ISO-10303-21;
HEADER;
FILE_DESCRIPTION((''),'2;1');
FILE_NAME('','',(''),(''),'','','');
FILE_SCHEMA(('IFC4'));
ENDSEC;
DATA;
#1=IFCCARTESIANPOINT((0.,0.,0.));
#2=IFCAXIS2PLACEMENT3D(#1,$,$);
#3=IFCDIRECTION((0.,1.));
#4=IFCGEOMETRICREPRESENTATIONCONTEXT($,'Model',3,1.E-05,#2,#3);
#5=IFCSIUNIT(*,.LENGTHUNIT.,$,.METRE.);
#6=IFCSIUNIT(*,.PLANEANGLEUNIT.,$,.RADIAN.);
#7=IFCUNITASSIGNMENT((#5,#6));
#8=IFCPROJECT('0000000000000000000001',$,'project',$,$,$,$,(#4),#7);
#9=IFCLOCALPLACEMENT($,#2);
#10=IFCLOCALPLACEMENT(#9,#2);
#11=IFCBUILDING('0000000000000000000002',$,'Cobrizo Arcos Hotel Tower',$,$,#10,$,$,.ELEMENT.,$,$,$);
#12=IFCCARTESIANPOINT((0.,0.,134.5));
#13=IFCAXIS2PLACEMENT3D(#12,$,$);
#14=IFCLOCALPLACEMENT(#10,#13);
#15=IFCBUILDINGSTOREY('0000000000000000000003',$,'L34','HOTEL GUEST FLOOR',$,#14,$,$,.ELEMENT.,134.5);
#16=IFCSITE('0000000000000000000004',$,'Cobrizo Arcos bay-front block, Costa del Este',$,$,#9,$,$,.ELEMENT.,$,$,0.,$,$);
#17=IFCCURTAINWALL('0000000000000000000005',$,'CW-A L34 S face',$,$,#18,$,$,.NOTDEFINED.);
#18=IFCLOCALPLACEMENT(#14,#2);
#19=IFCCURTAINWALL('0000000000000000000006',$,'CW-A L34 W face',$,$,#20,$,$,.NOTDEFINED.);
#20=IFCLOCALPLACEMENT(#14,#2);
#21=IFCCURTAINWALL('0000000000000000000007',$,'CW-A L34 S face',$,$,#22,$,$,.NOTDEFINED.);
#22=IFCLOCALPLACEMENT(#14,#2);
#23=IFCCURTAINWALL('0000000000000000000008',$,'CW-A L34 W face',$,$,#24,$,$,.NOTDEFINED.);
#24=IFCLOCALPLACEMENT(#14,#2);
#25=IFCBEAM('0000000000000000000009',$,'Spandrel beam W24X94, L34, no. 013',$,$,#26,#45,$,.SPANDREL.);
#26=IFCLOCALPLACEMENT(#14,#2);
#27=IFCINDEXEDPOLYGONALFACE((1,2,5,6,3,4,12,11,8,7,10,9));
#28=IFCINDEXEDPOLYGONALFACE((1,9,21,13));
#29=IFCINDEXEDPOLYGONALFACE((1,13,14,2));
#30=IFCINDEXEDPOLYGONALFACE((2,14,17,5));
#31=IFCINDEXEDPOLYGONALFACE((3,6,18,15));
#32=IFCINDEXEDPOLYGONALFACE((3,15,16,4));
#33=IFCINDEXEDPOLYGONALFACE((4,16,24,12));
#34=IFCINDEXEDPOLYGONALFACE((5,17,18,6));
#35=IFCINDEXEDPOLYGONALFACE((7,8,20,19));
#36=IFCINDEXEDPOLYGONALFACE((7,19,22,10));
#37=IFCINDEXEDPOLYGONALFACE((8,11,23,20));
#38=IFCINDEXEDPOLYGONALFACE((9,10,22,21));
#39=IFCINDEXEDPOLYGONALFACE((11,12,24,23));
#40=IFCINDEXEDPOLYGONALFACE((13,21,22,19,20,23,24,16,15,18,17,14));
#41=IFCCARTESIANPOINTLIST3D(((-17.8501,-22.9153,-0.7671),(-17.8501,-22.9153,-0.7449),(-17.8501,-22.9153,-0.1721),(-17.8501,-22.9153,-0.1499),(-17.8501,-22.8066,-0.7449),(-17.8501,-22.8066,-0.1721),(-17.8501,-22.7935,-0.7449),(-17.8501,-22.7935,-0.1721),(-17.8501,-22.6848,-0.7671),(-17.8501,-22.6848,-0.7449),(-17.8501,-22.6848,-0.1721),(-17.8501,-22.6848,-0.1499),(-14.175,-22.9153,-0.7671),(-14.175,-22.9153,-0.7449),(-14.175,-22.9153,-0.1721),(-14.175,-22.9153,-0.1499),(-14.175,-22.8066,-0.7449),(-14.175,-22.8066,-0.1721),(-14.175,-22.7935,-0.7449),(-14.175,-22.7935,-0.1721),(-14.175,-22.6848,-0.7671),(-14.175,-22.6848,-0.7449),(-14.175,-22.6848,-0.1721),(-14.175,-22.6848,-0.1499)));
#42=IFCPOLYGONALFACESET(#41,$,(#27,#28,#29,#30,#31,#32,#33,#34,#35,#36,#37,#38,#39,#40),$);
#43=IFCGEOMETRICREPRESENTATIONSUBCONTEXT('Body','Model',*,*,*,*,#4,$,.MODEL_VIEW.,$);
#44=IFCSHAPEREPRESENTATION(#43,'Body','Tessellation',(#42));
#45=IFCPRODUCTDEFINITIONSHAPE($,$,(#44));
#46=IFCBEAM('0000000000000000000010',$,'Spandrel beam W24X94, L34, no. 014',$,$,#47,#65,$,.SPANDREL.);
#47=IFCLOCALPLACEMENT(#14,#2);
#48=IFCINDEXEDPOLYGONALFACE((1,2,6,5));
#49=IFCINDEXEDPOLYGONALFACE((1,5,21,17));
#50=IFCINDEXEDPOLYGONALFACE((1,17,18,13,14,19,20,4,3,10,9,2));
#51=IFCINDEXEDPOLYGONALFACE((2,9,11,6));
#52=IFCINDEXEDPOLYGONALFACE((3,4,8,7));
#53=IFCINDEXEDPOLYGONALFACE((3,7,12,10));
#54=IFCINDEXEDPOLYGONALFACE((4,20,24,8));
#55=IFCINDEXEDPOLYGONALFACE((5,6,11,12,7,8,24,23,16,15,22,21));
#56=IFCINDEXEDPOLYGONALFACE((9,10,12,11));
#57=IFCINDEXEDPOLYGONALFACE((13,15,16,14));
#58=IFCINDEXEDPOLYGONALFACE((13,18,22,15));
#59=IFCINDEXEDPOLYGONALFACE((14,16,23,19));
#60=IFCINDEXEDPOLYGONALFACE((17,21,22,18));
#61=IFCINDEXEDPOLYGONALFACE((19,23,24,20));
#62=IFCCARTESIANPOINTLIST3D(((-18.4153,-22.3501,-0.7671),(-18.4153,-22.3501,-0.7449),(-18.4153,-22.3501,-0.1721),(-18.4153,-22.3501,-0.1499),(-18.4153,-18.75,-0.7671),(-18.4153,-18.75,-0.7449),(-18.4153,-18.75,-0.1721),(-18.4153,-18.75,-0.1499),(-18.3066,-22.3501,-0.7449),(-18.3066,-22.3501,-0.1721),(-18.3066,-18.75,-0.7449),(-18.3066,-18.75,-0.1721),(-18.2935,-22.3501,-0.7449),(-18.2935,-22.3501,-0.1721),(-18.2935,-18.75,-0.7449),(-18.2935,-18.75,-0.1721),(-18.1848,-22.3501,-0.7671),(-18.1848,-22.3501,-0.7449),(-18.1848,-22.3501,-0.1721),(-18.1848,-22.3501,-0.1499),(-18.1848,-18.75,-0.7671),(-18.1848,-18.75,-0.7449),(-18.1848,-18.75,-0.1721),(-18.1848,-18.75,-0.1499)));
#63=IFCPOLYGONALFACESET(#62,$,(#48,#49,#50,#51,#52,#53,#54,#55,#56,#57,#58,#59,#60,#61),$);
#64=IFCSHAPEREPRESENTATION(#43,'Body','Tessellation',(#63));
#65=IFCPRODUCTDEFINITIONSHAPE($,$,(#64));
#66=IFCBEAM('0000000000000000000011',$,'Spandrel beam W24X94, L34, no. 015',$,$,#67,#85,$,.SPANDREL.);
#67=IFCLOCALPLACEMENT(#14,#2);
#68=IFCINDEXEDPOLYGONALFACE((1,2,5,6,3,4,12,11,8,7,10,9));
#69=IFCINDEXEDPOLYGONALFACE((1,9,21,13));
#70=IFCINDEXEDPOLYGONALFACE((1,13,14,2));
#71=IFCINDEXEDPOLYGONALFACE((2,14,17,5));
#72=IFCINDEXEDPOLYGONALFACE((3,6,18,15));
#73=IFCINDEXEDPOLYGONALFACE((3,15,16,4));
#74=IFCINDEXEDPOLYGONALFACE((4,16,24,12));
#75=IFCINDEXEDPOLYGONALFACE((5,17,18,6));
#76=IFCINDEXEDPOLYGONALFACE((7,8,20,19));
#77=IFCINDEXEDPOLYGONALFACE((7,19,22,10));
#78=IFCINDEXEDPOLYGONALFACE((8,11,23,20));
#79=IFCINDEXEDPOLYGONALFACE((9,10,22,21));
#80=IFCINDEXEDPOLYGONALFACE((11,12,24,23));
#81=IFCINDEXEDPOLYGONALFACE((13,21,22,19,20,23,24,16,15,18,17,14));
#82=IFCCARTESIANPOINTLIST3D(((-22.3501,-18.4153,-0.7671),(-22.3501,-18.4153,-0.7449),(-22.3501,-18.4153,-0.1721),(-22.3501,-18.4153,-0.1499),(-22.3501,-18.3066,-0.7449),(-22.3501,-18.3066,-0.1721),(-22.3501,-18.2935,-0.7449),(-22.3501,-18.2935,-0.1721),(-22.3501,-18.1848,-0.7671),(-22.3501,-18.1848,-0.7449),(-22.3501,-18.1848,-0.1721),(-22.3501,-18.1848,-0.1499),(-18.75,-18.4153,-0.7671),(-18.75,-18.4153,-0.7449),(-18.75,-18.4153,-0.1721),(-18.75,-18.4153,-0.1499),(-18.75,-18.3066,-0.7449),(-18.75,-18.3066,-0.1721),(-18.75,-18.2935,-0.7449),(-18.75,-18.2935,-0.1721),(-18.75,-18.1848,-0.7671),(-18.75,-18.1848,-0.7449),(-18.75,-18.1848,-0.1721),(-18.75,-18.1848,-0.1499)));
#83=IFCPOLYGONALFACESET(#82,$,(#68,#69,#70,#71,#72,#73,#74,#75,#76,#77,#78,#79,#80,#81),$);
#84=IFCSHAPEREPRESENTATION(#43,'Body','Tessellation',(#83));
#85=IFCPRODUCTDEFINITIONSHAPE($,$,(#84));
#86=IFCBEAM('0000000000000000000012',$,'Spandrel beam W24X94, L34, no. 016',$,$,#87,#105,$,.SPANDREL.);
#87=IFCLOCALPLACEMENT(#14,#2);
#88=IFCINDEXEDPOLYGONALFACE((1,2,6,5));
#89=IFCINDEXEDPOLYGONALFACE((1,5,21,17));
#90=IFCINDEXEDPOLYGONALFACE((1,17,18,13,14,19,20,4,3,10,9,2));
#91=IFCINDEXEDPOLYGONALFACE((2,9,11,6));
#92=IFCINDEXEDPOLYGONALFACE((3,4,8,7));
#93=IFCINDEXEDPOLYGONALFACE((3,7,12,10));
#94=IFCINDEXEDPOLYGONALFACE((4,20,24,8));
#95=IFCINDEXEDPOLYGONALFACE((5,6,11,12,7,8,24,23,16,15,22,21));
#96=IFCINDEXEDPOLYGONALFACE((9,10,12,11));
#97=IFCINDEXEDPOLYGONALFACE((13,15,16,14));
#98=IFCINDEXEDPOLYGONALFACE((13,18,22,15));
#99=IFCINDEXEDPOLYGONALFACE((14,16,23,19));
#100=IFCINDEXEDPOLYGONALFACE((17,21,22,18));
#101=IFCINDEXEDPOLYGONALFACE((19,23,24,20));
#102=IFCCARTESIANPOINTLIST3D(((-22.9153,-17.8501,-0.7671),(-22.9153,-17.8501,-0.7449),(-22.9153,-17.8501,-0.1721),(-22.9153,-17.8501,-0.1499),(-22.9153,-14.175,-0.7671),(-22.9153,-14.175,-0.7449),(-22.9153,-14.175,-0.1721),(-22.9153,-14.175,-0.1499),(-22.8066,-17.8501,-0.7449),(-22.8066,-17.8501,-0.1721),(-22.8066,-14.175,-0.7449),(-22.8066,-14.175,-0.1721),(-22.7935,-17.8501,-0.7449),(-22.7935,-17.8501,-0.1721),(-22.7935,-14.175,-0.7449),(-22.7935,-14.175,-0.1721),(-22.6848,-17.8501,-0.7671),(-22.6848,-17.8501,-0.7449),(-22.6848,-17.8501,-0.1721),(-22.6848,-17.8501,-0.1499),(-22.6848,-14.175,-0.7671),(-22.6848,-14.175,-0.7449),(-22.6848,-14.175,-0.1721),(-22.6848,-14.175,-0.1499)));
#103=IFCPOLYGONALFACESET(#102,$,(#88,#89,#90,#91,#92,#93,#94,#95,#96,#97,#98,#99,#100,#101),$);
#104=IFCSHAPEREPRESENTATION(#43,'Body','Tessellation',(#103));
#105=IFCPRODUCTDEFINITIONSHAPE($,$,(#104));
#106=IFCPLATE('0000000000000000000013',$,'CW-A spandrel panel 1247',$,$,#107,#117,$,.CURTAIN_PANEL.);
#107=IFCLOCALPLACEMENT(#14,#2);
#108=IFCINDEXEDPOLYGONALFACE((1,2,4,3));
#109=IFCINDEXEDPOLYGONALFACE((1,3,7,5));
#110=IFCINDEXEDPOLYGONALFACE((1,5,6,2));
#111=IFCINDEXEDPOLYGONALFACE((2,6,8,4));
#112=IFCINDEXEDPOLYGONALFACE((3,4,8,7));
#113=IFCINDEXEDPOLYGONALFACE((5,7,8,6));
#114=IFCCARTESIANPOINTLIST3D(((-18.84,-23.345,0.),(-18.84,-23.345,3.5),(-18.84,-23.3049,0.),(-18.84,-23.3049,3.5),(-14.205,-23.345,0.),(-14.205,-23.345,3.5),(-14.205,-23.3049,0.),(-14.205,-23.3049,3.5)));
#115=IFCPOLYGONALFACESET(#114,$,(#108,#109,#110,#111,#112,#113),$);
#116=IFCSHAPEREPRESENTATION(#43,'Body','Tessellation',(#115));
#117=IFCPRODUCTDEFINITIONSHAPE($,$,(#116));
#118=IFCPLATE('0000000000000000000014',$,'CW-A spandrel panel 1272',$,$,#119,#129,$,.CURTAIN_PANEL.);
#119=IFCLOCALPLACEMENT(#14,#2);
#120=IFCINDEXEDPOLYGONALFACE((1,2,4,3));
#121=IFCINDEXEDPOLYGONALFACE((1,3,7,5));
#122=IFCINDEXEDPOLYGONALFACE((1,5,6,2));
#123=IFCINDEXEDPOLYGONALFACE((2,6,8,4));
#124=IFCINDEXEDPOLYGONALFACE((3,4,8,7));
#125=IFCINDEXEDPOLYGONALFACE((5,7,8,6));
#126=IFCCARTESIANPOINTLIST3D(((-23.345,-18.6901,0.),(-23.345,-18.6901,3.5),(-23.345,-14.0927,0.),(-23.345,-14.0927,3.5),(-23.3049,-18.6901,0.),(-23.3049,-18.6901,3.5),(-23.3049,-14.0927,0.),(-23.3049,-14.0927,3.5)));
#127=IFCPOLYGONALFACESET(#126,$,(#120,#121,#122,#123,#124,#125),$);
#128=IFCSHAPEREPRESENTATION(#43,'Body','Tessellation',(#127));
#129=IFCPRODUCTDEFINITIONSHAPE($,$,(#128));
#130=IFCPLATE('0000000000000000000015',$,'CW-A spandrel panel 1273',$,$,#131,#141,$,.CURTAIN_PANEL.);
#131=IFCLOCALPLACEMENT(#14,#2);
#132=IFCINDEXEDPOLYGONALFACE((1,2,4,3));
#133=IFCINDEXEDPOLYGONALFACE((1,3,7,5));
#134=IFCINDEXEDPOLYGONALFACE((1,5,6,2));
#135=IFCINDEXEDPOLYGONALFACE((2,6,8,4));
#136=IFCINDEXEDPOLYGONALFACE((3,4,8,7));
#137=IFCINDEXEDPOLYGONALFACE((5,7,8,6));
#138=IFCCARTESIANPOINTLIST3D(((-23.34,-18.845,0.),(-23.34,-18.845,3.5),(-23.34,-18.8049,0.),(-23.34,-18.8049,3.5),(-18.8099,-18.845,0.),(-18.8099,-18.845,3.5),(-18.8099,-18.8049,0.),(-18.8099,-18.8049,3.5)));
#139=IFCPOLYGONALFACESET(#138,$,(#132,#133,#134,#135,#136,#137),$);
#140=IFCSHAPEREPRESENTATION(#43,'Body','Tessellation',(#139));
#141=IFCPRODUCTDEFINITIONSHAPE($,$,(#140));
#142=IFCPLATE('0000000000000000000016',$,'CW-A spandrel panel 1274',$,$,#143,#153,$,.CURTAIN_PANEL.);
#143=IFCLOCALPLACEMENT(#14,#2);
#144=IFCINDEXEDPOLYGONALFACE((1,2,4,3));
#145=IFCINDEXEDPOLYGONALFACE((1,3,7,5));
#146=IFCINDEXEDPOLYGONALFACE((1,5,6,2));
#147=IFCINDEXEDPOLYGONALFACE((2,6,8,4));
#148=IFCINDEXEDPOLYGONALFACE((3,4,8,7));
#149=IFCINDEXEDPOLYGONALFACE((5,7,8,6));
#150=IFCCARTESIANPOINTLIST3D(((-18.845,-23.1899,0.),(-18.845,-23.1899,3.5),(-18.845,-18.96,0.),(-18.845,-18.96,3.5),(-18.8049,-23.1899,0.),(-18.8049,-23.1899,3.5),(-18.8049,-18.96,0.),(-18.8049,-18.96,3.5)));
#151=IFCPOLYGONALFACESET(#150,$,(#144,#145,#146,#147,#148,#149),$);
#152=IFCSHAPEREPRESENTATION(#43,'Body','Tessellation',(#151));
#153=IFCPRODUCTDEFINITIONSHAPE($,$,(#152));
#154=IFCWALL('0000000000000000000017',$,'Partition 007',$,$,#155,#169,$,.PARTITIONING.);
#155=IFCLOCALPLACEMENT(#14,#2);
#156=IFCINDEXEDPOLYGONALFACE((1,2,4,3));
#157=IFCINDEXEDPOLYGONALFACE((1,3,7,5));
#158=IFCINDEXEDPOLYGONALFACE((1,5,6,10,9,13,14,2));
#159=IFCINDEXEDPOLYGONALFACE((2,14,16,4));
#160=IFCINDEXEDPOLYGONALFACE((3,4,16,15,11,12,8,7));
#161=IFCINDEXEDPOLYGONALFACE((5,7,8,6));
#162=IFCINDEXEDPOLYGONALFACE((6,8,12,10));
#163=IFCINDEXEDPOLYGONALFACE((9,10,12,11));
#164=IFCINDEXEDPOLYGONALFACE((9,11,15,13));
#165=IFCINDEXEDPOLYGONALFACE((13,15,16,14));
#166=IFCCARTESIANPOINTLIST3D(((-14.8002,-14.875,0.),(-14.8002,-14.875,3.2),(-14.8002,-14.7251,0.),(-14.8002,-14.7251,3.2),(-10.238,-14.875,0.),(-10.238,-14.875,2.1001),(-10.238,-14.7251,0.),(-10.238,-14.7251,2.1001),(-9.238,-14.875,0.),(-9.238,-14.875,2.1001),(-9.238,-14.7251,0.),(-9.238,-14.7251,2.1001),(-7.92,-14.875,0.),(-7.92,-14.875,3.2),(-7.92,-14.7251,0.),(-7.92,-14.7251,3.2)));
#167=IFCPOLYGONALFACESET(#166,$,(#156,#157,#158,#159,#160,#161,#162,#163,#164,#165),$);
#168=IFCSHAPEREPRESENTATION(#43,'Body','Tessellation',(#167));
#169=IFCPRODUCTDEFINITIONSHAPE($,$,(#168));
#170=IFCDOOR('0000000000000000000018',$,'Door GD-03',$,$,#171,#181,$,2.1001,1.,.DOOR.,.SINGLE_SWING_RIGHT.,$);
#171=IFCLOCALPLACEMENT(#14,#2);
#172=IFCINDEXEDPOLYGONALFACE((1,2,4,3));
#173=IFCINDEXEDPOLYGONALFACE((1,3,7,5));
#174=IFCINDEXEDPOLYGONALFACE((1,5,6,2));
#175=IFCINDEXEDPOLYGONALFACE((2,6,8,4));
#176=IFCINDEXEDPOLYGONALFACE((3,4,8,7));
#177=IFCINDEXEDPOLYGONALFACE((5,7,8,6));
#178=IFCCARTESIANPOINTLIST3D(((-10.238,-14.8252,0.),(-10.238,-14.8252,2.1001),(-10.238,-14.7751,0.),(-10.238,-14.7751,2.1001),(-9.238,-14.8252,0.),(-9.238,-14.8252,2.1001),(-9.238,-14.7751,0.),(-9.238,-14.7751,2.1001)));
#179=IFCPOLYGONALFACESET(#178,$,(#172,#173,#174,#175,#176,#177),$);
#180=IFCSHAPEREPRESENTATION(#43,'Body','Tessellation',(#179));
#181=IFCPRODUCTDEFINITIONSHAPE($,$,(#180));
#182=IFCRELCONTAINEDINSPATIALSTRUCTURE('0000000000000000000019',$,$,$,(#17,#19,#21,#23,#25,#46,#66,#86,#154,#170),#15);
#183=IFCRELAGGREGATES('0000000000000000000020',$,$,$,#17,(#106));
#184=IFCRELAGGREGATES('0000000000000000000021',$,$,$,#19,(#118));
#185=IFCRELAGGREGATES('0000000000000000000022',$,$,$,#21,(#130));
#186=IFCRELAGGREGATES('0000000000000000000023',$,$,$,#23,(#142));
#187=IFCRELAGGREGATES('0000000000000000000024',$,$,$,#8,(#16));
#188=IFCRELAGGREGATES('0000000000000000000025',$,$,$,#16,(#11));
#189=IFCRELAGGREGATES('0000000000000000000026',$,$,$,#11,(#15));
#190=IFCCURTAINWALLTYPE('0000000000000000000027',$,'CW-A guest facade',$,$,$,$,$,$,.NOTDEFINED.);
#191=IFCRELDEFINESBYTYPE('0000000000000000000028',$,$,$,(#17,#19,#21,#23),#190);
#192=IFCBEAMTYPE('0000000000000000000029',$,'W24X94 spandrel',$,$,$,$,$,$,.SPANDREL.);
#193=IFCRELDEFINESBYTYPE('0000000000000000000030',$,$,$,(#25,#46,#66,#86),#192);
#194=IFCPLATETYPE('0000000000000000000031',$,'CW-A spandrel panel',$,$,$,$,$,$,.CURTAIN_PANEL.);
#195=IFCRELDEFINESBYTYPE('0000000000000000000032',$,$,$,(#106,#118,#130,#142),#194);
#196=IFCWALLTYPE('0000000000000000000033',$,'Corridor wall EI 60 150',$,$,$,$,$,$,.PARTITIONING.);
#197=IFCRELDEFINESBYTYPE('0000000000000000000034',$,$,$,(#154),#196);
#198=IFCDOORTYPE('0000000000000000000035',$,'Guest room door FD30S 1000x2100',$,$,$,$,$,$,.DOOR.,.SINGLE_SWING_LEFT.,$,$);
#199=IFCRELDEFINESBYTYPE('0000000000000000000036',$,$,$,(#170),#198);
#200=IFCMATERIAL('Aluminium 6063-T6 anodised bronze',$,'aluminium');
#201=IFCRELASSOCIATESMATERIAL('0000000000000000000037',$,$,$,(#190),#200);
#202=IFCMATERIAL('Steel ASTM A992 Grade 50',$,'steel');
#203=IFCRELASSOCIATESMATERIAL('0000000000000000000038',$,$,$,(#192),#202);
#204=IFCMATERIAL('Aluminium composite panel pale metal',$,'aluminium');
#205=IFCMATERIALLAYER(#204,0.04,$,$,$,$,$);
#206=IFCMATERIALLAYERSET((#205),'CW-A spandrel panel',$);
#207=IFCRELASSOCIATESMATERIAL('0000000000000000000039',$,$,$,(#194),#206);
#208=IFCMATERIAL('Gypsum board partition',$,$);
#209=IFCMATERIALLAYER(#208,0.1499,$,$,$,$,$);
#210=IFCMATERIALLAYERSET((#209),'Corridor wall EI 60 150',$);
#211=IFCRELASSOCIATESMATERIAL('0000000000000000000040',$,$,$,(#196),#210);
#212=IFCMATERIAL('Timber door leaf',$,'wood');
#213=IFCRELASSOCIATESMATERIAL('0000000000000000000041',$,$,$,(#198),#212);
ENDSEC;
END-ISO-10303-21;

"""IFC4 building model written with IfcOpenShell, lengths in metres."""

from ifc_helpers import new_model, si_unit, direction, frame, frame_2d, origin, origin_2d, place, context, subcontext, project, spatial, rectangle, i_section, extrude, material, layer, layer_set, material_profile, profile_set, type_object, element, fill, aggregate, save


model = new_model("IFC4")

# Units and contexts
model_context = context("Model", 3, precision=1e-05, world=origin(), true_north=direction((0.0, 1.0)))
body_context = subcontext(model_context, "Body", "Model", "MODEL_VIEW")
ifc_project = project(units=[si_unit("LENGTHUNIT", "METRE"), si_unit("PLANEANGLEUNIT", "RADIAN")], contexts=[model_context])

# Site, building, storey
site_placement = place(None, origin())
site = spatial("IfcSite", under=ifc_project, at=site_placement, Name="Cobrizo Arcos bay-front block, Costa del Este", CompositionType="ELEMENT", RefElevation=0.0)
building_placement = place(site_placement, origin())
building = spatial("IfcBuilding", under=site, at=building_placement, Name="Cobrizo Arcos Hotel Tower", CompositionType="ELEMENT")
storey_placement = place(building_placement, frame((0.0, 0.0, 134.5)))
storey = spatial("IfcBuildingStorey", under=building, at=storey_placement, Name="L34", Description="HOTEL GUEST FLOOR", CompositionType="ELEMENT", Elevation=134.5)

# Curtain wall
ifc_material_1 = material(Name="Aluminium 6063-T6 anodised bronze", Category="aluminium")
curtain_wall_type = type_object("IfcCurtainWallType", Name="CW-A guest facade", PredefinedType="NOTDEFINED", material=ifc_material_1)
curtain_wall_1_placement = place(storey_placement, origin())
curtain_wall_1 = element("IfcCurtainWall", 1, at=curtain_wall_1_placement, inside=storey, type_object=curtain_wall_type, Name="CW-A L34 S face", PredefinedType="NOTDEFINED")

# Curtain wall
curtain_wall_2_placement = place(storey_placement, origin())
curtain_wall_2 = element("IfcCurtainWall", 2, at=curtain_wall_2_placement, inside=storey, type_object=curtain_wall_type, Name="CW-A L34 W face", PredefinedType="NOTDEFINED")

# Curtain walls
curtain_wall_3_placement = place(storey_placement, origin())
curtain_wall_3 = element("IfcCurtainWall", 3, at=curtain_wall_3_placement, inside=storey, type_object=curtain_wall_type, Name="CW-A L34 S face", PredefinedType="NOTDEFINED")
curtain_wall_4_placement = place(storey_placement, origin())
curtain_wall_4 = element("IfcCurtainWall", 4, at=curtain_wall_4_placement, inside=storey, type_object=curtain_wall_type, Name="CW-A L34 W face", PredefinedType="NOTDEFINED")

# Beams
ifc_material_2 = material(Name="Steel ASTM A992 Grade 50", Category="steel")
ifc_material_profile_1 = material_profile(ifc_material_2, i_section(OverallWidth=0.2305, OverallDepth=0.6172, WebThickness=0.0132, FlangeThickness=0.0222, at=origin_2d()), Name="W24X94")
ifc_profile_set_1 = profile_set([ifc_material_profile_1], Name="Steel ASTM A992 Grade 50")
beam_type_1 = type_object("IfcBeamType", Name="W24X94 spandrel", PredefinedType="SPANDREL", material=ifc_profile_set_1)
beam_1_placement = place(storey_placement, frame((-14.175, -22.8, -0.4585), z_axis=(-1.0, 0.0, 0.0), x_axis=(0.0, -1.0, 0.0)))
element("IfcBeam", 5, at=beam_1_placement, inside=storey, type_object=beam_type_1, Name="Spandrel beam W24X94, L34, no. 013", PredefinedType="SPANDREL", context=body_context, shape_type="SweptSolid", body=[
    extrude(i_section(OverallWidth=0.2305, OverallDepth=0.6172, WebThickness=0.0132, FlangeThickness=0.0222, at=origin_2d()), origin(), (0.0, 0.0, 1.0), 3.675),
])
for number, where, z_axis, x_axis, name in (
    (6, (-18.3, -22.3501, -0.4585), (0.0, 1.0, 0.0), (-1.0, 0.0, 0.0), "Spandrel beam W24X94, L34, no. 014"),
    (7, (-18.75, -18.3, -0.4585), (-1.0, 0.0, 0.0), (0.0, -1.0, 0.0), "Spandrel beam W24X94, L34, no. 015"),
):
    element("IfcBeam", number, at=place(storey_placement, frame(where, z_axis=z_axis, x_axis=x_axis)), inside=storey, type_object=beam_type_1, Name=name, PredefinedType="SPANDREL", context=body_context, shape_type="SweptSolid", body=[
        extrude(i_section(OverallWidth=0.2305, OverallDepth=0.6172, WebThickness=0.0132, FlangeThickness=0.0222, at=origin_2d()), origin(), (0.0, 0.0, 1.0), 3.6001),
    ])
beam_2_placement = place(storey_placement, frame((-22.8, -17.8501, -0.4585), z_axis=(0.0, 1.0, 0.0), x_axis=(-1.0, 0.0, 0.0)))
element("IfcBeam", 8, at=beam_2_placement, inside=storey, type_object=beam_type_1, Name="Spandrel beam W24X94, L34, no. 016", PredefinedType="SPANDREL", context=body_context, shape_type="SweptSolid", body=[
    extrude(i_section(OverallWidth=0.2305, OverallDepth=0.6172, WebThickness=0.0132, FlangeThickness=0.0222, at=origin_2d()), origin(), (0.0, 0.0, 1.0), 3.675),
])

# Plates
ifc_material_3 = material(Name="Aluminium composite panel pale metal", Category="aluminium")
ifc_layer_1 = layer(ifc_material_3, 0.04)
ifc_layer_set_1 = layer_set([ifc_layer_1], Name="CW-A spandrel panel")
plate_type = type_object("IfcPlateType", Name="CW-A spandrel panel", PredefinedType="CURTAIN_PANEL", material=ifc_layer_set_1)
plate_1_placement = place(storey_placement, frame((-16.5225, -23.325, 0.0), z_axis=(0.0, 0.0, 1.0), x_axis=(1.0, 0.0, 0.0)))
plate_1 = element("IfcPlate", 9, at=plate_1_placement, type_object=plate_type, Name="CW-A spandrel panel 1247", PredefinedType="CURTAIN_PANEL", context=body_context, shape_type="SweptSolid", body=[
    extrude(rectangle(XDim=4.635, YDim=0.04, at=origin_2d()), origin(), (0.0, 0.0, 1.0), 3.5),
])
aggregate(curtain_wall_1, [plate_1])
plate_2_placement = place(storey_placement, frame((-23.325, -16.3914, 0.0), z_axis=(0.0, 0.0, 1.0), x_axis=(0.0, -1.0, 0.0)))
plate_2 = element("IfcPlate", 10, at=plate_2_placement, type_object=plate_type, Name="CW-A spandrel panel 1272", PredefinedType="CURTAIN_PANEL", context=body_context, shape_type="SweptSolid", body=[
    extrude(rectangle(XDim=4.5974, YDim=0.04, at=origin_2d()), origin(), (0.0, 0.0, 1.0), 3.5),
])
aggregate(curtain_wall_2, [plate_2])
plate_3_placement = place(storey_placement, frame((-21.075, -18.825, 0.0), z_axis=(0.0, 0.0, 1.0), x_axis=(1.0, 0.0, 0.0)))
plate_3 = element("IfcPlate", 11, at=plate_3_placement, type_object=plate_type, Name="CW-A spandrel panel 1273", PredefinedType="CURTAIN_PANEL", context=body_context, shape_type="SweptSolid", body=[
    extrude(rectangle(XDim=4.53, YDim=0.04, at=origin_2d()), origin(), (0.0, 0.0, 1.0), 3.5),
])
aggregate(curtain_wall_3, [plate_3])
plate_4_placement = place(storey_placement, frame((-18.825, -21.075, 0.0), z_axis=(0.0, 0.0, 1.0), x_axis=(0.0, -1.0, 0.0)))
plate_4 = element("IfcPlate", 12, at=plate_4_placement, type_object=plate_type, Name="CW-A spandrel panel 1274", PredefinedType="CURTAIN_PANEL", context=body_context, shape_type="SweptSolid", body=[
    extrude(rectangle(XDim=4.23, YDim=0.04, at=origin_2d()), origin(), (0.0, 0.0, 1.0), 3.5),
])
aggregate(curtain_wall_4, [plate_4])

# Wall, opening, door
ifc_material_4 = material(Name="Gypsum board partition")
ifc_layer_2 = layer(ifc_material_4, 0.1499)
ifc_layer_set_2 = layer_set([ifc_layer_2], Name="Corridor wall EI 60 150")
wall_type_1 = type_object("IfcWallType", Name="Corridor wall EI 60 150", PredefinedType="PARTITIONING", material=ifc_layer_set_2)
wall_1_placement = place(storey_placement, frame((-14.8, -14.8, 0.0), z_axis=(0.0, 0.0, 1.0), x_axis=(1.0, 0.0, 0.0)))
wall_1 = element("IfcWall", 13, at=wall_1_placement, inside=storey, type_object=wall_type_1, Name="Partition 007", PredefinedType="PARTITIONING", context=body_context, shape_type="SweptSolid", body=[
    extrude(rectangle(XDim=6.8801, YDim=0.1499, at=frame_2d((3.4399, 0.0))), origin(), (0.0, 0.0, 1.0), 3.2),
])
opening_1_placement = place(wall_1_placement, frame((4.562, 0.0, 0.0)))
opening_1 = element("IfcOpeningElement", 14, at=opening_1_placement, cuts=wall_1, PredefinedType="OPENING", context=body_context, shape_type="SweptSolid", body=[
    extrude(rectangle(XDim=1.0, YDim=2.1001, at=frame_2d((0.5, 1.05))), frame((0.0, 0.0869, 0.0), z_axis=(0.0, -1.0, 0.0), x_axis=(1.0, 0.0, 0.0)), (0.0, 0.0, 1.0), 0.1738),
])
ifc_material_5 = material(Name="Timber door leaf", Category="wood")
door_type_1 = type_object("IfcDoorType", Name="Guest room door FD30S 1000x2100", OperationType="SINGLE_SWING_LEFT", PredefinedType="DOOR", material=ifc_material_5)
door_1_placement = place(opening_1_placement, origin())
door_1 = element("IfcDoor", 15, at=door_1_placement, inside=storey, type_object=door_type_1, Name="Door GD-03", OperationType="SINGLE_SWING_RIGHT", OverallHeight=2.1001, OverallWidth=1.0, PredefinedType="DOOR", context=body_context, shape_type="SweptSolid", body=[
    extrude(rectangle(XDim=1.0, YDim=2.1001, at=frame_2d((0.5, 1.05))), frame((0.0, 0.0249, 0.0), z_axis=(0.0, -1.0, 0.0), x_axis=(1.0, 0.0, 0.0)), (0.0, 0.0, 1.0), 0.05),
])
fill(opening_1, door_1)

save(model, "model.ifc")
